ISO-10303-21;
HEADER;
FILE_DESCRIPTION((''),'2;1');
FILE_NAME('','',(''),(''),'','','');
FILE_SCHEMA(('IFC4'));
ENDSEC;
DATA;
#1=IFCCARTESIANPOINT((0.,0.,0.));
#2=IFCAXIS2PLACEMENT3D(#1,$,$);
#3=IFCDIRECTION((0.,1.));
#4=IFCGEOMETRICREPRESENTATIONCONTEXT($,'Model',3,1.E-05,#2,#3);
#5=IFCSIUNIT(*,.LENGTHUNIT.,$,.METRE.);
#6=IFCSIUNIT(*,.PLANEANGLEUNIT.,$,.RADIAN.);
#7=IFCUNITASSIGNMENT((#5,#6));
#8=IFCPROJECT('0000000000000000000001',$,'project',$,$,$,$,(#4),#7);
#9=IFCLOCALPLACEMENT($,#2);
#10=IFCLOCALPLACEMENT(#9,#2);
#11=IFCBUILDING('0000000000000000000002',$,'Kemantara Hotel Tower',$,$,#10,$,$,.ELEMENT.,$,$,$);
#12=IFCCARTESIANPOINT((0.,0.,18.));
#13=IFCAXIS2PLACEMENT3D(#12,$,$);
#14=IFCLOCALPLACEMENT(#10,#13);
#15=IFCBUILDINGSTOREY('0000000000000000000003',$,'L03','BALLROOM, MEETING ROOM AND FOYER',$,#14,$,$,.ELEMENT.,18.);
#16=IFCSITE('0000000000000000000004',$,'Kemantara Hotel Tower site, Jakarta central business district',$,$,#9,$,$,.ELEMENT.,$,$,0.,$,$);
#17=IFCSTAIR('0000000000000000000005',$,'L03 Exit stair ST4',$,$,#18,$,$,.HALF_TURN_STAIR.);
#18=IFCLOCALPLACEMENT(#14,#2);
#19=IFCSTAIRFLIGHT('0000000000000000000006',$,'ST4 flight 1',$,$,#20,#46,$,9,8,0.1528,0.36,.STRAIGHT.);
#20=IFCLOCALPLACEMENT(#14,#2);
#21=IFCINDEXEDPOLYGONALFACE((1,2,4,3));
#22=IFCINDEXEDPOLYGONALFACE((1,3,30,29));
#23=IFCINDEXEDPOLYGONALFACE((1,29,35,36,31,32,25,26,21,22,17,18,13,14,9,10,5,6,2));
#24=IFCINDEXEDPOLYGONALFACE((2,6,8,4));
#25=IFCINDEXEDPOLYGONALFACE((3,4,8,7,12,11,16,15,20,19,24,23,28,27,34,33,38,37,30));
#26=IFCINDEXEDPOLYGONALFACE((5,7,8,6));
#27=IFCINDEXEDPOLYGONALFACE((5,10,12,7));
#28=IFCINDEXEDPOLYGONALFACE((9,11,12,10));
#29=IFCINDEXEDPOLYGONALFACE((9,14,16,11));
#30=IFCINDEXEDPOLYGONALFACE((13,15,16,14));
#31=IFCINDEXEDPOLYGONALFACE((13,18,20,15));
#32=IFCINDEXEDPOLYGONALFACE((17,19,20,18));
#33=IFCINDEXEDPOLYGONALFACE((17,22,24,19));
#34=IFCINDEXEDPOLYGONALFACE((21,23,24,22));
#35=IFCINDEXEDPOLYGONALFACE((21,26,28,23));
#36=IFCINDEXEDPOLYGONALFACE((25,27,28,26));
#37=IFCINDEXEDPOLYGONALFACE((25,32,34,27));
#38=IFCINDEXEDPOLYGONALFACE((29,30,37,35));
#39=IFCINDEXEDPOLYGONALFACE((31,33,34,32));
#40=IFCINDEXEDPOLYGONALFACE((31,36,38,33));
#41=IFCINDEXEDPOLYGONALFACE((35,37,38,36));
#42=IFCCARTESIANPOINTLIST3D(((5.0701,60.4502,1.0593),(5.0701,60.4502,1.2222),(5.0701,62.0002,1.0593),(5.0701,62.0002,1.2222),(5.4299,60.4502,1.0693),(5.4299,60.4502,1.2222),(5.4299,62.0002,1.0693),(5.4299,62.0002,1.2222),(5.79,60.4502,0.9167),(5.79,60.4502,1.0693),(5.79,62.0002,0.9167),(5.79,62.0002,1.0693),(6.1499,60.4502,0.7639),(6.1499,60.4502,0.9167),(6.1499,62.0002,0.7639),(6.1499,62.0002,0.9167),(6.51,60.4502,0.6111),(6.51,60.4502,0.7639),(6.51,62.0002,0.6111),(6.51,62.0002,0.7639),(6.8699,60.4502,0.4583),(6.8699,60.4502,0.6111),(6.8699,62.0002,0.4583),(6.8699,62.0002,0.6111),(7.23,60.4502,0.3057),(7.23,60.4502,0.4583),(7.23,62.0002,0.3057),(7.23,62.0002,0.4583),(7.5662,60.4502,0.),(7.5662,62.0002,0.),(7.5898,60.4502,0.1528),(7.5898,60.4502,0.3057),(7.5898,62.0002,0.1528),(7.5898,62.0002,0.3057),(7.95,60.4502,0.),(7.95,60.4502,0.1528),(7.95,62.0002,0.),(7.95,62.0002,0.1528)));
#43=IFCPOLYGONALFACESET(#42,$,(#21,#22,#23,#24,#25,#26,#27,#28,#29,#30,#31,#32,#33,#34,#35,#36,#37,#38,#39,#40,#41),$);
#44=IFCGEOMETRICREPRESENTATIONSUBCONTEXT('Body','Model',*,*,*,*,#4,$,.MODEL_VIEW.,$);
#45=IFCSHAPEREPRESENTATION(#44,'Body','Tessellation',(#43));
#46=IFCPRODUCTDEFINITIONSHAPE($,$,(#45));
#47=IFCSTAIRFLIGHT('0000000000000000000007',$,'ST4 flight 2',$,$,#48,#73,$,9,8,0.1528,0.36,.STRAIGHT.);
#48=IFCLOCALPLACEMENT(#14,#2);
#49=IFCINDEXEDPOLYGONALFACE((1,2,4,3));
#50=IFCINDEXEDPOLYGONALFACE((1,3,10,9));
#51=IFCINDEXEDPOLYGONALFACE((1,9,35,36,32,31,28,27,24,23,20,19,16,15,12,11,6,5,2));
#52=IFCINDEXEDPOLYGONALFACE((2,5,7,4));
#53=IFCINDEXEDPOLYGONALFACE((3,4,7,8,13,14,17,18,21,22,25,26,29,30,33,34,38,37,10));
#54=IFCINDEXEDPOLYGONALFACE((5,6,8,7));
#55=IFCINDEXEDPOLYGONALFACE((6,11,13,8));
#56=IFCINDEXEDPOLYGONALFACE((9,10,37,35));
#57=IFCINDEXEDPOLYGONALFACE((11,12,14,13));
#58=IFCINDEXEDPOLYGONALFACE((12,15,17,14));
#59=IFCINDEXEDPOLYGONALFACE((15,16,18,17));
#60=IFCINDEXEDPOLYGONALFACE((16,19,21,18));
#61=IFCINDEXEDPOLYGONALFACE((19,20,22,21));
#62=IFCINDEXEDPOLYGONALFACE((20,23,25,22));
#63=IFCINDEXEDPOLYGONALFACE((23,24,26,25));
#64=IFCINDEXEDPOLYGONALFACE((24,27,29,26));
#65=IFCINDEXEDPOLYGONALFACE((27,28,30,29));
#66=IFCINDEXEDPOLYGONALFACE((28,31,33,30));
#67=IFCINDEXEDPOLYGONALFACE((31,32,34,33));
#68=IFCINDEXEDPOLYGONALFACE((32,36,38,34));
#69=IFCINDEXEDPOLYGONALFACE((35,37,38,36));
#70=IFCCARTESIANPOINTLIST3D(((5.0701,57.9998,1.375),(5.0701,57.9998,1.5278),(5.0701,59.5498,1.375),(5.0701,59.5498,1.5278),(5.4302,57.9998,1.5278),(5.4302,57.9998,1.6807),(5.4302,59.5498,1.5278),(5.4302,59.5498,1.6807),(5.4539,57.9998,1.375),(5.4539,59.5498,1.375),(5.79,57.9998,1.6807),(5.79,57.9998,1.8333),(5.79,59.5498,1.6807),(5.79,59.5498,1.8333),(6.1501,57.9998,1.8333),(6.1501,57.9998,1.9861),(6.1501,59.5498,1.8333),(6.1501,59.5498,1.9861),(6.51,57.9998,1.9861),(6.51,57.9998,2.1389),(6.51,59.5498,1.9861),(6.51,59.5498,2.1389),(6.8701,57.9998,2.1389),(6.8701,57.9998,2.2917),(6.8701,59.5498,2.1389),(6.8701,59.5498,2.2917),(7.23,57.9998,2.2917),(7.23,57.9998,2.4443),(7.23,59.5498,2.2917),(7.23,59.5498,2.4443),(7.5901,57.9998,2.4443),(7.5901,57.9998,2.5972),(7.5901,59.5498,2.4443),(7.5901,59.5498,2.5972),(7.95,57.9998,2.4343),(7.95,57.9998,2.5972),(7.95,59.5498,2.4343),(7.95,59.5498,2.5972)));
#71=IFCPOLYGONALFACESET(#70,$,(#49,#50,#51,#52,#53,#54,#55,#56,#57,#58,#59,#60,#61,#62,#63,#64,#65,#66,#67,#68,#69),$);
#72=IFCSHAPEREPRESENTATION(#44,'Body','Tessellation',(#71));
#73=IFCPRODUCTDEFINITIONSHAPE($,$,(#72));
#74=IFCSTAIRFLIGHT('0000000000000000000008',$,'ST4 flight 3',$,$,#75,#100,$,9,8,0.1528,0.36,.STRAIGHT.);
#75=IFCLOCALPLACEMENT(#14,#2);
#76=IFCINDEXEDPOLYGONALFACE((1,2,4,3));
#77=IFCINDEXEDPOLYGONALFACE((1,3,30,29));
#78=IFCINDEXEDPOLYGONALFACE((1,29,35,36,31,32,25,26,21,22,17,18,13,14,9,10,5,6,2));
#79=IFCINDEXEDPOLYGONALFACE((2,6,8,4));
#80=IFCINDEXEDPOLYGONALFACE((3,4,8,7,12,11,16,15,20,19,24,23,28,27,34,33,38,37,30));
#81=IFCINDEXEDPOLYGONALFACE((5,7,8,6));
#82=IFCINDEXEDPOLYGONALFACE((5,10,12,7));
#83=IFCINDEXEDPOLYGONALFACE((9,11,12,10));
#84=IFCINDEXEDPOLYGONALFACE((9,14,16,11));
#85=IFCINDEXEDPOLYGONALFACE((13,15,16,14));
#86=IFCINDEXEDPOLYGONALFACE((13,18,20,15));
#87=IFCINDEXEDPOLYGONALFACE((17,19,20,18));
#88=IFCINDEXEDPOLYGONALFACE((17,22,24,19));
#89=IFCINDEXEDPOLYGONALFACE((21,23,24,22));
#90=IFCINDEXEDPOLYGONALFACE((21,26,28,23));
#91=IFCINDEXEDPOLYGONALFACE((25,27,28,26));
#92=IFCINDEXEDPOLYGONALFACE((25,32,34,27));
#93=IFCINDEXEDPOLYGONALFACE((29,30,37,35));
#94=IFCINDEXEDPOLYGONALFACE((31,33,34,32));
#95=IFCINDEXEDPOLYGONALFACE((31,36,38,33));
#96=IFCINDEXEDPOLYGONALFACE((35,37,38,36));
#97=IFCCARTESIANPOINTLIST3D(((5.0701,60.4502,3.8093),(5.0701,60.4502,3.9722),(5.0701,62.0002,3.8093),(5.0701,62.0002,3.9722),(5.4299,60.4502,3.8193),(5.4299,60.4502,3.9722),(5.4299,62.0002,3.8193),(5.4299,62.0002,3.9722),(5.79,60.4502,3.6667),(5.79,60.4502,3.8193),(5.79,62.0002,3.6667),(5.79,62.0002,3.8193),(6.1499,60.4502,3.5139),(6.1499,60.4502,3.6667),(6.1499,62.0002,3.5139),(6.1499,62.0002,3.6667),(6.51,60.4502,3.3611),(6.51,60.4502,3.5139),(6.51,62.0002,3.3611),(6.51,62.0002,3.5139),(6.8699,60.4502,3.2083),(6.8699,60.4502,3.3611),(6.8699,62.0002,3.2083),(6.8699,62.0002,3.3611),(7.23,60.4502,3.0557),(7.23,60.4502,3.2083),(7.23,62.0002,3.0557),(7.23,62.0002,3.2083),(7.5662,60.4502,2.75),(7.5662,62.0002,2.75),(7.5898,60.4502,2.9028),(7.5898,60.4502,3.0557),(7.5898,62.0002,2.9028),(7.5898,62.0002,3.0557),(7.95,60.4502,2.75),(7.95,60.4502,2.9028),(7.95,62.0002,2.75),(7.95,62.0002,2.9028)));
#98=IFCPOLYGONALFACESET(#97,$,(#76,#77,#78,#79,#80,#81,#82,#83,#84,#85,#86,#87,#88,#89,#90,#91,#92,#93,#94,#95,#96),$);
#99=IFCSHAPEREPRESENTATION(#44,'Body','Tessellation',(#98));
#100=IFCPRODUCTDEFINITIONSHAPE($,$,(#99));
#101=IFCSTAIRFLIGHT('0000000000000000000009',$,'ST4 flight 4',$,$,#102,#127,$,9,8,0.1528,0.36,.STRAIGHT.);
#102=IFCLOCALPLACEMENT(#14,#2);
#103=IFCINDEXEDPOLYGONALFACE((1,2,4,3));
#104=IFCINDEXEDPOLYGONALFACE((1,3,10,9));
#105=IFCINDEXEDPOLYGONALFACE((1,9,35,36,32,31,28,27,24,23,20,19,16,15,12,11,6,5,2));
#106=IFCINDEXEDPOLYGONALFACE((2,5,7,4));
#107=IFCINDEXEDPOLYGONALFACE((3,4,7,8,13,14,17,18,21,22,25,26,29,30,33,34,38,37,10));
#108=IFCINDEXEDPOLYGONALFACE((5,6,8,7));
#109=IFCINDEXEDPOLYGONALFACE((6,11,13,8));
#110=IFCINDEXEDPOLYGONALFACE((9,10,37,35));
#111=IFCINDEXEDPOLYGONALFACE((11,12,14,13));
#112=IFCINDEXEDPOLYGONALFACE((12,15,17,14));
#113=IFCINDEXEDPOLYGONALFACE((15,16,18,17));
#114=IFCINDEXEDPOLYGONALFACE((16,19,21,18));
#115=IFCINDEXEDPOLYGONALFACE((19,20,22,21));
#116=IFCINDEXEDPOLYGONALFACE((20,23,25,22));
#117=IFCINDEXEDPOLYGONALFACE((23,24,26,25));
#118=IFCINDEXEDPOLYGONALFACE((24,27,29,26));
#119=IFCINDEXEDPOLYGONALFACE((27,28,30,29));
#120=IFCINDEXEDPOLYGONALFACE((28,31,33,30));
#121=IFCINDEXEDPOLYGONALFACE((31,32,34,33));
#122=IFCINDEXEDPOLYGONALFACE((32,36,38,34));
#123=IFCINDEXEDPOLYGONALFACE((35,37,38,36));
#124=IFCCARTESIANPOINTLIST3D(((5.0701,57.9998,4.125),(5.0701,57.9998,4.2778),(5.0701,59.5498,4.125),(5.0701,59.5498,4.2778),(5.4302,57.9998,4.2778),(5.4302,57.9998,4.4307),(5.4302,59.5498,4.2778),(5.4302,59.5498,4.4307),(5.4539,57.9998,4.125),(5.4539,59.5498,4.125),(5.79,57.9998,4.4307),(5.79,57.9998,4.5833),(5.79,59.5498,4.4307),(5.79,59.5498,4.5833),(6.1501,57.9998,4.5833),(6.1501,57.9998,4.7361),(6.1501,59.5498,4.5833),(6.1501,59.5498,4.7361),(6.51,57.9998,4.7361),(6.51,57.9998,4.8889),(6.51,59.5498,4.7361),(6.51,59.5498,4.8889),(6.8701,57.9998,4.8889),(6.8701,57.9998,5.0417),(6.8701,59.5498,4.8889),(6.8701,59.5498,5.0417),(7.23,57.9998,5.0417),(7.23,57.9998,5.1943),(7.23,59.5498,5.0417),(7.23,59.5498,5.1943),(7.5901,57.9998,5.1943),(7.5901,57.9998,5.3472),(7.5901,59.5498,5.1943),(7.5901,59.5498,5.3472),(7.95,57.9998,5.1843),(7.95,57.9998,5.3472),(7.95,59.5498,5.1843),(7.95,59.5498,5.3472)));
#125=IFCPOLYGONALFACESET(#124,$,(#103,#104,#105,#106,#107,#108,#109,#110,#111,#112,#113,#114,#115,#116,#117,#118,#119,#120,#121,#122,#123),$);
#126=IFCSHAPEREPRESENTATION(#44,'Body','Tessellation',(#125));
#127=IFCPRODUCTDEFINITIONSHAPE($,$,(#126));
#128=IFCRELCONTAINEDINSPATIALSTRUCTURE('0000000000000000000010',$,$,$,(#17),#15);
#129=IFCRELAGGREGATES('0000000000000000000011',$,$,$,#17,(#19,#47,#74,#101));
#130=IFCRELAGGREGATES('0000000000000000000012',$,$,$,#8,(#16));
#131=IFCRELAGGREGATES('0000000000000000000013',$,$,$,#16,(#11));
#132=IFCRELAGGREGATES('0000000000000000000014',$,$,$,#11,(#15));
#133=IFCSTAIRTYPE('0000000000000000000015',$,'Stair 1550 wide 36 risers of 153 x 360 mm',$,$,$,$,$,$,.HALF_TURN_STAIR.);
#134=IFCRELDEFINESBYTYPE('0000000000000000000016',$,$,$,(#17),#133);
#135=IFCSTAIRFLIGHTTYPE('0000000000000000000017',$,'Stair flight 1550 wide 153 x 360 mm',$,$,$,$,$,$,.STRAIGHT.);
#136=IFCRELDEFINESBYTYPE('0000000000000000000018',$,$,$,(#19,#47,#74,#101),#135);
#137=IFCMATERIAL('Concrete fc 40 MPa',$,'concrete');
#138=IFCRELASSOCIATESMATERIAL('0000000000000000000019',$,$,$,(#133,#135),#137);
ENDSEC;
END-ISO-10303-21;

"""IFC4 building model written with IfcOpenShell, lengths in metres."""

from ifc_helpers import new_model, si_unit, direction, frame, origin, place, context, subcontext, project, spatial, polyline, outline, extrude, material, type_object, element, aggregate, save


model = new_model("IFC4")

# Units and contexts
model_context = context("Model", 3, precision=1e-05, world=origin(), true_north=direction((0.0, 1.0)))
body_context = subcontext(model_context, "Body", "Model", "MODEL_VIEW")
ifc_project = project(units=[si_unit("LENGTHUNIT", "METRE"), si_unit("PLANEANGLEUNIT", "RADIAN")], contexts=[model_context])

# Site, building, storey
site_placement = place(None, origin())
site = spatial("IfcSite", under=ifc_project, at=site_placement, Name="Kemantara Hotel Tower site, Jakarta central business district", CompositionType="ELEMENT", RefElevation=0.0)
building_placement = place(site_placement, origin())
building = spatial("IfcBuilding", under=site, at=building_placement, Name="Kemantara Hotel Tower", CompositionType="ELEMENT")
storey_placement = place(building_placement, frame((0.0, 0.0, 18.0)))
storey = spatial("IfcBuildingStorey", under=building, at=storey_placement, Name="L03", Description="BALLROOM, MEETING ROOM AND FOYER", CompositionType="ELEMENT", Elevation=18.0)

# Shared definitions
ifc_material_1 = material(Name="Concrete fc 40 MPa", Category="concrete")

# Stair, stair flights
stair_type = type_object("IfcStairType", Name="Stair 1550 wide 36 risers of 153 x 360 mm", PredefinedType="HALF_TURN_STAIR", material=ifc_material_1)
stair_placement = place(storey_placement, origin())
stair = element("IfcStair", 1, at=stair_placement, inside=storey, type_object=stair_type, Name="L03 Exit stair ST4", PredefinedType="HALF_TURN_STAIR")
stair_flight_type = type_object("IfcStairFlightType", Name="Stair flight 1550 wide 153 x 360 mm", PredefinedType="STRAIGHT", material=ifc_material_1)
stair_flight_1_placement = place(storey_placement, frame((7.95, 61.2251, 0.0), z_axis=(0.0, 0.0, 1.0), x_axis=(-1.0, 0.0, 0.0)))
stair_flight_1 = element("IfcStairFlight", 2, at=stair_flight_1_placement, type_object=stair_flight_type, Name="ST4 flight 1", NumberOfRisers=9, NumberOfTreads=8, PredefinedType="STRAIGHT", RiserHeight=0.1528, TreadLength=0.36, context=body_context, shape_type="SweptSolid", body=[
    extrude(outline(polyline([(0.0, 0.0), (0.0, 0.1528), (0.3601, 0.1528), (0.3601, 0.3057), (0.72, 0.3057), (0.72, 0.4583), (1.0801, 0.4583), (1.0801, 0.6111), (1.4399, 0.6111), (1.4399, 0.7639), (1.8, 0.7639), (1.8, 0.9167), (2.1599, 0.9167), (2.1599, 1.0693), (2.52, 1.0693), (2.52, 1.2222), (2.8799, 1.2222), (2.8799, 1.375), (2.8799, 1.0593), (0.3838, 0.0), (0.0, 0.0)])), frame((0.0, 0.7749, 0.0), z_axis=(0.0, -1.0, 0.0), x_axis=(1.0, 0.0, 0.0)), (0.0, 0.0, 1.0), 1.55),
])
stair_flight_2_placement = place(storey_placement, frame((5.0701, 58.7749, 1.375), z_axis=(0.0, 0.0, 1.0), x_axis=(1.0, 0.0, 0.0)))
stair_flight_2 = element("IfcStairFlight", 3, at=stair_flight_2_placement, type_object=stair_flight_type, Name="ST4 flight 2", NumberOfRisers=9, NumberOfTreads=8, PredefinedType="STRAIGHT", RiserHeight=0.1528, TreadLength=0.36, context=body_context, shape_type="SweptSolid", body=[
    extrude(outline(polyline([(0.0, 0.0), (0.0, 0.1528), (0.3601, 0.1528), (0.3601, 0.3057), (0.72, 0.3057), (0.72, 0.4583), (1.0801, 0.4583), (1.0801, 0.6111), (1.4399, 0.6111), (1.4399, 0.7639), (1.8, 0.7639), (1.8, 0.9167), (2.1599, 0.9167), (2.1599, 1.0693), (2.52, 1.0693), (2.52, 1.2222), (2.8799, 1.2222), (2.8799, 1.375), (2.8799, 1.0593), (0.3838, 0.0), (0.0, 0.0)])), frame((0.0, 0.7749, 0.0), z_axis=(0.0, -1.0, 0.0), x_axis=(1.0, 0.0, 0.0)), (0.0, 0.0, 1.0), 1.55),
])
stair_flight_3_placement = place(storey_placement, frame((7.95, 61.2251, 2.75), z_axis=(0.0, 0.0, 1.0), x_axis=(-1.0, 0.0, 0.0)))
stair_flight_3 = element("IfcStairFlight", 4, at=stair_flight_3_placement, type_object=stair_flight_type, Name="ST4 flight 3", NumberOfRisers=9, NumberOfTreads=8, PredefinedType="STRAIGHT", RiserHeight=0.1528, TreadLength=0.36, context=body_context, shape_type="SweptSolid", body=[
    extrude(outline(polyline([(0.0, 0.0), (0.0, 0.1528), (0.3601, 0.1528), (0.3601, 0.3057), (0.72, 0.3057), (0.72, 0.4583), (1.0801, 0.4583), (1.0801, 0.6111), (1.4399, 0.6111), (1.4399, 0.7639), (1.8, 0.7639), (1.8, 0.9167), (2.1599, 0.9167), (2.1599, 1.0693), (2.52, 1.0693), (2.52, 1.2222), (2.8799, 1.2222), (2.8799, 1.375), (2.8799, 1.0593), (0.3838, 0.0), (0.0, 0.0)])), frame((0.0, 0.7749, 0.0), z_axis=(0.0, -1.0, 0.0), x_axis=(1.0, 0.0, 0.0)), (0.0, 0.0, 1.0), 1.55),
])
stair_flight_4_placement = place(storey_placement, frame((5.0701, 58.7749, 4.125), z_axis=(0.0, 0.0, 1.0), x_axis=(1.0, 0.0, 0.0)))
stair_flight_4 = element("IfcStairFlight", 5, at=stair_flight_4_placement, type_object=stair_flight_type, Name="ST4 flight 4", NumberOfRisers=9, NumberOfTreads=8, PredefinedType="STRAIGHT", RiserHeight=0.1528, TreadLength=0.36, context=body_context, shape_type="SweptSolid", body=[
    extrude(outline(polyline([(0.0, 0.0), (0.0, 0.1528), (0.3601, 0.1528), (0.3601, 0.3057), (0.72, 0.3057), (0.72, 0.4583), (1.0801, 0.4583), (1.0801, 0.6111), (1.4399, 0.6111), (1.4399, 0.7639), (1.8, 0.7639), (1.8, 0.9167), (2.1599, 0.9167), (2.1599, 1.0693), (2.52, 1.0693), (2.52, 1.2222), (2.8799, 1.2222), (2.8799, 1.375), (2.8799, 1.0593), (0.3838, 0.0), (0.0, 0.0)])), frame((0.0, 0.7749, 0.0), z_axis=(0.0, -1.0, 0.0), x_axis=(1.0, 0.0, 0.0)), (0.0, 0.0, 1.0), 1.55),
])
aggregate(stair, [stair_flight_1, stair_flight_2, stair_flight_3, stair_flight_4])

save(model, "model.ifc")
